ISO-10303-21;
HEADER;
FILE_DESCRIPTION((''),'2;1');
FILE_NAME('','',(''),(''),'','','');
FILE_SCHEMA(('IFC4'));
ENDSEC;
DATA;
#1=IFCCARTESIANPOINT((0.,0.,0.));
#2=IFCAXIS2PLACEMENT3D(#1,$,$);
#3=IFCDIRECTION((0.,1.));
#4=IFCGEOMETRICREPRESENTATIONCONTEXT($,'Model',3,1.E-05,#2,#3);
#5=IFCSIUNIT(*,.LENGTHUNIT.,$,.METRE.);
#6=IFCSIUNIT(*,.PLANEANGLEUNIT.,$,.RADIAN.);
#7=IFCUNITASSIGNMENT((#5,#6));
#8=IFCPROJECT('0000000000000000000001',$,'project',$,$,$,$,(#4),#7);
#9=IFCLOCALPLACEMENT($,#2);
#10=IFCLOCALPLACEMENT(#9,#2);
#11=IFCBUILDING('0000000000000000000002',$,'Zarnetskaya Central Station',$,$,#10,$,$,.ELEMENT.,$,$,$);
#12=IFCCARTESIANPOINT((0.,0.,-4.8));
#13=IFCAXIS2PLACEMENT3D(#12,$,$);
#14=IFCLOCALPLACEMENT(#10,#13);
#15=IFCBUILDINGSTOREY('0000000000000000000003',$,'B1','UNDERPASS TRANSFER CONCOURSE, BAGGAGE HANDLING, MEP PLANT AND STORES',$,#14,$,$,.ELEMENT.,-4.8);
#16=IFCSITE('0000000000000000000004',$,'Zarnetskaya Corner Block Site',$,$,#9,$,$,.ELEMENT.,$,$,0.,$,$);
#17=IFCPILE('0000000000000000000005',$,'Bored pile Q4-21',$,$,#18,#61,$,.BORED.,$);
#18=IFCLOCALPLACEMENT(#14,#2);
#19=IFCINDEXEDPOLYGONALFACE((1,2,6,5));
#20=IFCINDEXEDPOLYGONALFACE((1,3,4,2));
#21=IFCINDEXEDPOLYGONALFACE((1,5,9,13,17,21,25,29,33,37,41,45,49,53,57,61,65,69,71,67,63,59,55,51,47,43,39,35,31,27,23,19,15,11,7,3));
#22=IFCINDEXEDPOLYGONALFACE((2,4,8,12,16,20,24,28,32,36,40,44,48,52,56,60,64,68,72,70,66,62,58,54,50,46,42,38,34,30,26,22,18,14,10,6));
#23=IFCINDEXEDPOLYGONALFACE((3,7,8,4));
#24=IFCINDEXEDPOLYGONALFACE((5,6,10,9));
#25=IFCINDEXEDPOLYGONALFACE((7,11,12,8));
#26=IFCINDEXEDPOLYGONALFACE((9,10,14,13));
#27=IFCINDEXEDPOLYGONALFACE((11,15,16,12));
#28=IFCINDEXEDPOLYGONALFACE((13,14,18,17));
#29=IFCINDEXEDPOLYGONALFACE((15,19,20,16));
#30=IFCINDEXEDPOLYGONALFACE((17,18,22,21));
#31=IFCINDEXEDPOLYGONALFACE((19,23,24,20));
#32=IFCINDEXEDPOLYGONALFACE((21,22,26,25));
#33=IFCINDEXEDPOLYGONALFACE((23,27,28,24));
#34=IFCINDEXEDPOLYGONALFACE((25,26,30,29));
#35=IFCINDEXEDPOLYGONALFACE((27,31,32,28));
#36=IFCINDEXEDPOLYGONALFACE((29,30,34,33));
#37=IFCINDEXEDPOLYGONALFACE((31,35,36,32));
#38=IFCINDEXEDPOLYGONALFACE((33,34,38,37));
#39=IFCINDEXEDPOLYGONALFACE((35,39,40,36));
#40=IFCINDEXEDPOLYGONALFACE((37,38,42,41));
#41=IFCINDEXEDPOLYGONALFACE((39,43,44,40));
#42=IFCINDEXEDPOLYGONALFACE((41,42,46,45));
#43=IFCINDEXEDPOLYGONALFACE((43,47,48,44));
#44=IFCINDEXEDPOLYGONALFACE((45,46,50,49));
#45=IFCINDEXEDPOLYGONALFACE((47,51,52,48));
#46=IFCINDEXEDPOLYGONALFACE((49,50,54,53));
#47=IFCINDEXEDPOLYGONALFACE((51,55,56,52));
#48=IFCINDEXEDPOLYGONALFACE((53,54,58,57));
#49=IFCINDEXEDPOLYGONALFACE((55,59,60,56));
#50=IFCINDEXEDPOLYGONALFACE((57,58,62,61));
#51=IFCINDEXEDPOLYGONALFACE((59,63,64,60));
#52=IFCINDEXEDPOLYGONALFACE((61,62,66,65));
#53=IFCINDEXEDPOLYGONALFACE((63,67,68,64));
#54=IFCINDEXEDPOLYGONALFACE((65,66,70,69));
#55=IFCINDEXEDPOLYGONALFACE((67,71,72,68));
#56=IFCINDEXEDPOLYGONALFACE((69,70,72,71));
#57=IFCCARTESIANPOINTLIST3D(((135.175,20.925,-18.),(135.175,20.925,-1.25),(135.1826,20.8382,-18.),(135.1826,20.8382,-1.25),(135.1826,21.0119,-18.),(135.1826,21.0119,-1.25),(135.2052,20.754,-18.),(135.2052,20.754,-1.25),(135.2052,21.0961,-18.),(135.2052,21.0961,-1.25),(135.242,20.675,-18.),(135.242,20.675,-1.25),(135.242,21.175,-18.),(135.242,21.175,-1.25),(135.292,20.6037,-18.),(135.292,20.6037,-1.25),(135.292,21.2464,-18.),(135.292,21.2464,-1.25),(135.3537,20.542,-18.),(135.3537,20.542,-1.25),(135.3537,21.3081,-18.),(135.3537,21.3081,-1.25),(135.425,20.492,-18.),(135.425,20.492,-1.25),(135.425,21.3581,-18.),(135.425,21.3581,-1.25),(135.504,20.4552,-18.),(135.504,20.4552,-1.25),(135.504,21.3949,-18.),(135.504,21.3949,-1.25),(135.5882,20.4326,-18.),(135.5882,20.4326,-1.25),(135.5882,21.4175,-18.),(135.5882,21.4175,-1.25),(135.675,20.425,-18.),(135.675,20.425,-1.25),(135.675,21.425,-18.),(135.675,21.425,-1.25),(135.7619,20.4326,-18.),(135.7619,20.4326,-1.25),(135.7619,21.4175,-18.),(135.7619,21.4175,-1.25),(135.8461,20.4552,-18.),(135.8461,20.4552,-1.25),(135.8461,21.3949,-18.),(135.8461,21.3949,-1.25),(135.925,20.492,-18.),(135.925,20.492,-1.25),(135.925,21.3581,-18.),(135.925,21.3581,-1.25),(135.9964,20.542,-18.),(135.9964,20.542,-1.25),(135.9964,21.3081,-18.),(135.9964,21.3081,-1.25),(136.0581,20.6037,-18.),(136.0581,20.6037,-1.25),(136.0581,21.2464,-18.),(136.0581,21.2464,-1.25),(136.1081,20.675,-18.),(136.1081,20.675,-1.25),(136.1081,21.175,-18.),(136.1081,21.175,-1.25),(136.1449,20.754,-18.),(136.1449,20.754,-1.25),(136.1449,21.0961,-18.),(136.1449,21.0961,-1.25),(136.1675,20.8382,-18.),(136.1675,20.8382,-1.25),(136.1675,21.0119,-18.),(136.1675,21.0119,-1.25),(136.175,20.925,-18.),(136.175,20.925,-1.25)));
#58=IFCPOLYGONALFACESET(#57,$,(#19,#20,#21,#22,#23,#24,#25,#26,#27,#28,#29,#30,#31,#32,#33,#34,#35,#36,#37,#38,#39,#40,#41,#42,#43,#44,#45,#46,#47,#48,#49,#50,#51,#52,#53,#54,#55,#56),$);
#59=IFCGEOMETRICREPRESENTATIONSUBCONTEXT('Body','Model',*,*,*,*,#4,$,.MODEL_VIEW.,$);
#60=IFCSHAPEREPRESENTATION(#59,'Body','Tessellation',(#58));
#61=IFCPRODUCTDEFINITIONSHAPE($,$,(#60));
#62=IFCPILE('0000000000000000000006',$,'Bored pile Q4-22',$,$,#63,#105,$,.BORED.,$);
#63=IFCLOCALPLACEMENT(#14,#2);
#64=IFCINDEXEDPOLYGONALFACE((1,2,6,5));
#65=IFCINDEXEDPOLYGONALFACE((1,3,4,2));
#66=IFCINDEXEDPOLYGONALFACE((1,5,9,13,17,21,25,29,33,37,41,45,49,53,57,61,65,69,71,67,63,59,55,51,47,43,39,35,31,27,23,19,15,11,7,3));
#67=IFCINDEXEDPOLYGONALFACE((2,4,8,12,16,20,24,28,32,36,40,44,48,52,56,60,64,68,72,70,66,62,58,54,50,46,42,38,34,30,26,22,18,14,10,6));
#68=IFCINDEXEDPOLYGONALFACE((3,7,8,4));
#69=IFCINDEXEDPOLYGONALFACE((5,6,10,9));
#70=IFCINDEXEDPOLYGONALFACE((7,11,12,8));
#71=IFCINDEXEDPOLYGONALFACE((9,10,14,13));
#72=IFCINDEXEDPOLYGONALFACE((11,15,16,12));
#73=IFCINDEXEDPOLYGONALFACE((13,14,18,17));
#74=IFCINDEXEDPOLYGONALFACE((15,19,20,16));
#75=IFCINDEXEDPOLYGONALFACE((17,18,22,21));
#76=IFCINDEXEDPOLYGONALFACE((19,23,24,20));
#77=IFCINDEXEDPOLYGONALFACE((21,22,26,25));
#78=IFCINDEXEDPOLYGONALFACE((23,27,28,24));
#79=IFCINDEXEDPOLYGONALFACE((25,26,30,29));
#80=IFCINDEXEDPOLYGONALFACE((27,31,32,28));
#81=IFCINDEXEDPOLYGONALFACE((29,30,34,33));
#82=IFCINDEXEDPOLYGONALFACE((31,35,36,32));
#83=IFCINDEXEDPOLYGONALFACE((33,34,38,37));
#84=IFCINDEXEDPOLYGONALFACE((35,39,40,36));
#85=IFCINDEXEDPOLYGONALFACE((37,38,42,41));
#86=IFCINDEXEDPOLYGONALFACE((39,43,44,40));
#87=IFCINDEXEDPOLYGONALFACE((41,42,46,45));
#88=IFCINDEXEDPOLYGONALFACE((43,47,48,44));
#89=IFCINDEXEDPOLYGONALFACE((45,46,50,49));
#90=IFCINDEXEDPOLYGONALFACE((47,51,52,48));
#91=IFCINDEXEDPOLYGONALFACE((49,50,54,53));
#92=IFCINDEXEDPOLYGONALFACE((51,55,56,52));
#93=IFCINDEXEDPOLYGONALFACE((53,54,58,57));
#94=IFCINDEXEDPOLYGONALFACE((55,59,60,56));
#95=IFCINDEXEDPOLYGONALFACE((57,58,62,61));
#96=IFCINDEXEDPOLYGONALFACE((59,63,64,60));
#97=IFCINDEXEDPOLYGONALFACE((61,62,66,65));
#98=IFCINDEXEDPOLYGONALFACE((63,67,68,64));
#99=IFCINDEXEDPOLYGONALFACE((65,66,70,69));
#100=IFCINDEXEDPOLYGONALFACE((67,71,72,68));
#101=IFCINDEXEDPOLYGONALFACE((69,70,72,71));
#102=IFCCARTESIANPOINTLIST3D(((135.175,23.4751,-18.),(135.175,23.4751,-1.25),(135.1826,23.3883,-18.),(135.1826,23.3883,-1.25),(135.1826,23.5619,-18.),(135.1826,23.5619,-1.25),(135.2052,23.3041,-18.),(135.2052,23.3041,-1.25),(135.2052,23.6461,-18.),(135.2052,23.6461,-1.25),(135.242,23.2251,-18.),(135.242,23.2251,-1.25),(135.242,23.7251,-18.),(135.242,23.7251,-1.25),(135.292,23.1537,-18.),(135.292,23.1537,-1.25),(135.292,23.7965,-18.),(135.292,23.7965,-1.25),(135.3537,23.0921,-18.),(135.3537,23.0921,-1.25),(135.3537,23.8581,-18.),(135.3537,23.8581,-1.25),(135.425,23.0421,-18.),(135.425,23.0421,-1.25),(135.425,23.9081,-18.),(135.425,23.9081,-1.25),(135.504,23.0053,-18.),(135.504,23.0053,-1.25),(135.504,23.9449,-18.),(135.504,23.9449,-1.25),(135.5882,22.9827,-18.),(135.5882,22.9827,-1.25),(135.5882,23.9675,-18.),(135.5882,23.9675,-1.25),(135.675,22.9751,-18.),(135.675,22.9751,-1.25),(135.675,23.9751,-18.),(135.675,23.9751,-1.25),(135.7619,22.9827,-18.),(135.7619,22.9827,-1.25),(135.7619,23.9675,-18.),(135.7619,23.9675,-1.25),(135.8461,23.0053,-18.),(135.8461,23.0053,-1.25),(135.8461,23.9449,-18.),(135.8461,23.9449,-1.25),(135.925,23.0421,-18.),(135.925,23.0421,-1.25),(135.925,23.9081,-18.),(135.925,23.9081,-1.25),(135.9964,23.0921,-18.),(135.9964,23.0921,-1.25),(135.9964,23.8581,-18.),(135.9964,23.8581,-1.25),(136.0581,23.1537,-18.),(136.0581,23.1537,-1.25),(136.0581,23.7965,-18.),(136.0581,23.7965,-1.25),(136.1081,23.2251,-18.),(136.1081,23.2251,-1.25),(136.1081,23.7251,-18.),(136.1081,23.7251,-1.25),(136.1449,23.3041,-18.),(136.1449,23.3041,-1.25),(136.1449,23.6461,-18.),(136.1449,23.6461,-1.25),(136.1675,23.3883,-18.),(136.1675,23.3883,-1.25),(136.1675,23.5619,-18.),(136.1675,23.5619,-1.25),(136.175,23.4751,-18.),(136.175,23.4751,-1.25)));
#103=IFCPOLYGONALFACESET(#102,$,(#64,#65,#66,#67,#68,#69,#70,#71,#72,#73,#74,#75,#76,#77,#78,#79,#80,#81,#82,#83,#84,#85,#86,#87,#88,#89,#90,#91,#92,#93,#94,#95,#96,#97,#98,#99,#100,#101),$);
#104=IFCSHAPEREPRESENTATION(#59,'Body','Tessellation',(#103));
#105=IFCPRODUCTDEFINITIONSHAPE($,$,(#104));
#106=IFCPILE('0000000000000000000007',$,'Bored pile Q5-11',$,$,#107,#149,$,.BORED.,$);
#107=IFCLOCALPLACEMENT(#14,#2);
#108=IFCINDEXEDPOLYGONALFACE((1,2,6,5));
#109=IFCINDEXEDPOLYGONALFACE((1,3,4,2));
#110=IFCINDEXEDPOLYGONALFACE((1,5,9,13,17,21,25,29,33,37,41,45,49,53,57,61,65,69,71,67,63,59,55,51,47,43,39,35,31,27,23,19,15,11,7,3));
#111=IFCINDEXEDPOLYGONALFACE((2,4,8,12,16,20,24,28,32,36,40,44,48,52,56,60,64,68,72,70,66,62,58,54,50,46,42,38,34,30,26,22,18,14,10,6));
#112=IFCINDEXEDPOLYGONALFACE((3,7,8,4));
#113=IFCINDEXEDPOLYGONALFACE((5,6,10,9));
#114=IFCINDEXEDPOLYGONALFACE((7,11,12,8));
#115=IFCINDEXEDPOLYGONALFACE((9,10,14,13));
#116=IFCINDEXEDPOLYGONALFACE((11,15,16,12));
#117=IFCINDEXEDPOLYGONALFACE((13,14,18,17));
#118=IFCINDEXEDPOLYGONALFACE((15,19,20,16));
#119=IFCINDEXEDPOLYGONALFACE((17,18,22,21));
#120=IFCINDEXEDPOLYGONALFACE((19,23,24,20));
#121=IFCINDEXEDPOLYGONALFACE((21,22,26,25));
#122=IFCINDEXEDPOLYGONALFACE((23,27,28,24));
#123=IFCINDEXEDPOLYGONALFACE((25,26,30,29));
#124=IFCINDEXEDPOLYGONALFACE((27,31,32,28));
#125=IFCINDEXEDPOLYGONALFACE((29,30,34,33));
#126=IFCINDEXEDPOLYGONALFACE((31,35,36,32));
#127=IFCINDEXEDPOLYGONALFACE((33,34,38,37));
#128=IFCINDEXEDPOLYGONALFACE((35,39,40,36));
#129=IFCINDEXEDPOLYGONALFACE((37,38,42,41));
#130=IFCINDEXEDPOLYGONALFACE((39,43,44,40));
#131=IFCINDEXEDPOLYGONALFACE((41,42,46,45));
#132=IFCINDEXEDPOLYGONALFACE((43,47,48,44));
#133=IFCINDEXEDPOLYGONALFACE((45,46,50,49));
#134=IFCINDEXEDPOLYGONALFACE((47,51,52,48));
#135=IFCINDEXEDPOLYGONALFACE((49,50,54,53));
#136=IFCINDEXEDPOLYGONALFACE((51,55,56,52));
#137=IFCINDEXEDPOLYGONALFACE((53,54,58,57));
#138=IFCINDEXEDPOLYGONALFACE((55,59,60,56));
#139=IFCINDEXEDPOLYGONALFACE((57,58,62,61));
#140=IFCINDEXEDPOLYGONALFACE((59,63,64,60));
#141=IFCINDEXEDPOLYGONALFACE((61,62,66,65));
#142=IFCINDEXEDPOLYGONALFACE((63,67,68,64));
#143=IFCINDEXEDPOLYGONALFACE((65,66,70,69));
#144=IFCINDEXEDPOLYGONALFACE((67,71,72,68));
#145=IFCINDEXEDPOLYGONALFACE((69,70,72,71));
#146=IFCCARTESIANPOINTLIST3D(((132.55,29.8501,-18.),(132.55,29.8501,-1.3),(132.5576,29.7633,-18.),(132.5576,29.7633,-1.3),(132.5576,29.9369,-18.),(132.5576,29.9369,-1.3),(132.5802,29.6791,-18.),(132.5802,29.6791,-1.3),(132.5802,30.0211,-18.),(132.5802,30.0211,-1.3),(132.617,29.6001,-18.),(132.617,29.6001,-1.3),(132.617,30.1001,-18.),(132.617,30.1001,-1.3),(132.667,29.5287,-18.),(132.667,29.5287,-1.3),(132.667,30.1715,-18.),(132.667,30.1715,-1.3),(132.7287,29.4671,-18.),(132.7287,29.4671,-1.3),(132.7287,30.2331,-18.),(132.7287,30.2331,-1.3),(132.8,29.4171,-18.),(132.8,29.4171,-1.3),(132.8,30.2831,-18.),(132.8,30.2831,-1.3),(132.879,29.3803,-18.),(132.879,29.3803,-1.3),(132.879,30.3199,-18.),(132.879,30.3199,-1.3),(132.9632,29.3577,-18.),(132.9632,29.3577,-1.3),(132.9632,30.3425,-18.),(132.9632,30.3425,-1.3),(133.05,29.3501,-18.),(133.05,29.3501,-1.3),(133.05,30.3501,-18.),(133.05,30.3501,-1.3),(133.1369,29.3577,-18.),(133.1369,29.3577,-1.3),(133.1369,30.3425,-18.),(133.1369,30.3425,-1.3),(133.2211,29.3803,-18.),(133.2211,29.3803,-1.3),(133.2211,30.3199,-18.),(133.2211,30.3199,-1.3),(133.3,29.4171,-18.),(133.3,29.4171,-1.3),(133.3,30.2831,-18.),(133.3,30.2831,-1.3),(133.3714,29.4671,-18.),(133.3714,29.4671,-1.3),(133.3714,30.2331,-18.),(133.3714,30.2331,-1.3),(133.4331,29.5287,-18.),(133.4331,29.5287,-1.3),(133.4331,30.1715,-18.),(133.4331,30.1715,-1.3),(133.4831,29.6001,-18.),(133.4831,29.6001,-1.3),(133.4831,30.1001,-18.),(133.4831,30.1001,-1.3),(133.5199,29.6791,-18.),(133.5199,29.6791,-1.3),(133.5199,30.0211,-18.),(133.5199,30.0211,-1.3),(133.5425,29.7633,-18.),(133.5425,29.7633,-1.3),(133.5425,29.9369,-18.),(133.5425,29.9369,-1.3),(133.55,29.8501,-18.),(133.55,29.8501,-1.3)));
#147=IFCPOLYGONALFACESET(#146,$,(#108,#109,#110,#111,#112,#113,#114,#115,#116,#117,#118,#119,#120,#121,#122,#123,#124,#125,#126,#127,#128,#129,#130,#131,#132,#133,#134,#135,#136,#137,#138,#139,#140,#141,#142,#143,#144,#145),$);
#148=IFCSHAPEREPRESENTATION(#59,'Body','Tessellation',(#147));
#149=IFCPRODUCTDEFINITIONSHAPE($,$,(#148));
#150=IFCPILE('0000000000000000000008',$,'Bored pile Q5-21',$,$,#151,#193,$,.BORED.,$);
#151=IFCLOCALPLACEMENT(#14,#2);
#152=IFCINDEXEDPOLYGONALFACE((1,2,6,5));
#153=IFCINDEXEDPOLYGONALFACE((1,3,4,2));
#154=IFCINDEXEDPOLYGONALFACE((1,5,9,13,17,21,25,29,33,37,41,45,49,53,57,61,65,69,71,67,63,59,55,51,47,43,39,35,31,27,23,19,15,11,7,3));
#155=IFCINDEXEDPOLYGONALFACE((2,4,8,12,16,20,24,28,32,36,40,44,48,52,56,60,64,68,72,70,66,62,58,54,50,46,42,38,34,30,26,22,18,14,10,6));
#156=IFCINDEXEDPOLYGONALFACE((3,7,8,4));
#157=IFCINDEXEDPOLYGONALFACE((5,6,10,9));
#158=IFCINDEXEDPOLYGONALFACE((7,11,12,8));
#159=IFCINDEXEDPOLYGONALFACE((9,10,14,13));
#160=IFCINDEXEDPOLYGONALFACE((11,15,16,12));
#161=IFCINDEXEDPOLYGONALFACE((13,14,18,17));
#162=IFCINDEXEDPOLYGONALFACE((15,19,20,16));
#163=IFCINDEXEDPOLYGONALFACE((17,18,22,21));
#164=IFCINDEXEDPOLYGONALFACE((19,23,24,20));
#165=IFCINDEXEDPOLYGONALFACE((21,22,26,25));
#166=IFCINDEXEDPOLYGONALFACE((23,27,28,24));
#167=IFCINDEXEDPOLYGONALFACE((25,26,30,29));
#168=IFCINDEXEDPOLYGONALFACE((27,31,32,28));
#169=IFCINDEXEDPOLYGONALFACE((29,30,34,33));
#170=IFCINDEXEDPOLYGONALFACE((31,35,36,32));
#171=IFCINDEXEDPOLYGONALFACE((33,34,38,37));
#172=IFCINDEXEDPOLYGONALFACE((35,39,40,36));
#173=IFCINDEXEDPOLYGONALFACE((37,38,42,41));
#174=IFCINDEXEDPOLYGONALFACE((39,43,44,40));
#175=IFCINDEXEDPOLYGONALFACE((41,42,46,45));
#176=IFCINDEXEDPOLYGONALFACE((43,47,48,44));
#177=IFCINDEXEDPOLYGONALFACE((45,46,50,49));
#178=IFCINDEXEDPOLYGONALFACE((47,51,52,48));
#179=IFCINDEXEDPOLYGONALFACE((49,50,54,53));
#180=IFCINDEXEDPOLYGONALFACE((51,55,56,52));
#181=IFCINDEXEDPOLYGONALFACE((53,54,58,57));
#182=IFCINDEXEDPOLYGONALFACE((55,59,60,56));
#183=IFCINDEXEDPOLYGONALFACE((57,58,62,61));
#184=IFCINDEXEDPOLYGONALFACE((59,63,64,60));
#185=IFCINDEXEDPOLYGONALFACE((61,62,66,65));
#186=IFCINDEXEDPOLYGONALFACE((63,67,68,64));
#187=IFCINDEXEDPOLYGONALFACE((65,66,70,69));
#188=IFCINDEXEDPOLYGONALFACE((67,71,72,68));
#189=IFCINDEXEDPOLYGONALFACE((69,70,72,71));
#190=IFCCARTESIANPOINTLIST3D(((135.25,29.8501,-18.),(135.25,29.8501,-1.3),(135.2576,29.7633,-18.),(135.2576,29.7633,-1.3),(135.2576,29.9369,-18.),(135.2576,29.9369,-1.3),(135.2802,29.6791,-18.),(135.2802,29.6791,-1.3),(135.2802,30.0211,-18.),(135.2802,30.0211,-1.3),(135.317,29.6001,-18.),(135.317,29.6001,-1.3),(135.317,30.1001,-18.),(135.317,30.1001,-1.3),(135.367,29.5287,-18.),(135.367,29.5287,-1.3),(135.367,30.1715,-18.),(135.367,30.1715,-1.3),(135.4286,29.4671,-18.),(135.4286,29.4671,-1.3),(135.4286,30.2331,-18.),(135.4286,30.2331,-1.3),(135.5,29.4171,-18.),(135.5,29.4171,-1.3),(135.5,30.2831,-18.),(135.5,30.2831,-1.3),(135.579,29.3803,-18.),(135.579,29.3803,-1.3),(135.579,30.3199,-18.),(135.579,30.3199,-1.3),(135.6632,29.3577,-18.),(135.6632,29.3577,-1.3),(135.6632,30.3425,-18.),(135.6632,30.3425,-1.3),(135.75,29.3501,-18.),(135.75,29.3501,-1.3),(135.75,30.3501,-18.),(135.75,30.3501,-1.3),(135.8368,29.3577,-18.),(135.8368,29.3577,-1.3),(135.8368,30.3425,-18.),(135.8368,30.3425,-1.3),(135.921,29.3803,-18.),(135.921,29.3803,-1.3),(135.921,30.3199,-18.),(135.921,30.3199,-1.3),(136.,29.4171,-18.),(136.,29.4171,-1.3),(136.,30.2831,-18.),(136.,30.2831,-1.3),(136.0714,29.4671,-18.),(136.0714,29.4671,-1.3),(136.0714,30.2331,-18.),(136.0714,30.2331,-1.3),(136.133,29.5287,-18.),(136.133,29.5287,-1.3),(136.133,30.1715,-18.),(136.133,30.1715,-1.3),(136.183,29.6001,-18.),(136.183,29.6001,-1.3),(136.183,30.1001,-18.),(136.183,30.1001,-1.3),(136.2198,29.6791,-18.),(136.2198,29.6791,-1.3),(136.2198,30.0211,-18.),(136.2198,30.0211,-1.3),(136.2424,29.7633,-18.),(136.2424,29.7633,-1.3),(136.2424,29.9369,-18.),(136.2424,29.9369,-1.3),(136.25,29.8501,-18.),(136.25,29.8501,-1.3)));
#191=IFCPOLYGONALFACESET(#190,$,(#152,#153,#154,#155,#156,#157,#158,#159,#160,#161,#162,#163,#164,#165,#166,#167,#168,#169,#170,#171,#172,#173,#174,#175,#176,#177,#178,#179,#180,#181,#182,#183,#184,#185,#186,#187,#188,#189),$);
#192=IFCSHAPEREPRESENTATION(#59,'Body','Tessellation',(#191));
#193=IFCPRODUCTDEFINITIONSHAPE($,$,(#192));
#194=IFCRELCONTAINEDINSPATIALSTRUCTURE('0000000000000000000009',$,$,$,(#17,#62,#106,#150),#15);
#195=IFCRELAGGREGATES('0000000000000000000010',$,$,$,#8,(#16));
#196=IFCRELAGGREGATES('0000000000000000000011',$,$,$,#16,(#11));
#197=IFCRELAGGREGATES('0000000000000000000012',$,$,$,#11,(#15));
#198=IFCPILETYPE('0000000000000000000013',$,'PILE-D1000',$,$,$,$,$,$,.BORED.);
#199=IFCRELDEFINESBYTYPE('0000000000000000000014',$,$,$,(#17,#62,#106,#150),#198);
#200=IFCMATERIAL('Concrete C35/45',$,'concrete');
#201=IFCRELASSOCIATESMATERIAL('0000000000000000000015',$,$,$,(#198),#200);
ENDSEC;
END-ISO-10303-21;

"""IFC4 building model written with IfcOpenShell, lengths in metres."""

from ifc_helpers import new_model, si_unit, direction, frame, origin, origin_2d, place, context, subcontext, project, spatial, circle, extrude, material, material_profile, profile_set, type_object, element, save


model = new_model("IFC4")

# Units and contexts
model_context = context("Model", 3, precision=1e-05, world=origin(), true_north=direction((0.0, 1.0)))
body_context = subcontext(model_context, "Body", "Model", "MODEL_VIEW")
ifc_project = project(units=[si_unit("LENGTHUNIT", "METRE"), si_unit("PLANEANGLEUNIT", "RADIAN")], contexts=[model_context])

# Site, building, storey
site_placement = place(None, origin())
site = spatial("IfcSite", under=ifc_project, at=site_placement, Name="Zarnetskaya Corner Block Site", CompositionType="ELEMENT", RefElevation=0.0)
building_placement = place(site_placement, origin())
building = spatial("IfcBuilding", under=site, at=building_placement, Name="Zarnetskaya Central Station", CompositionType="ELEMENT")
storey_placement = place(building_placement, frame((0.0, 0.0, -4.8)))
storey = spatial("IfcBuildingStorey", under=building, at=storey_placement, Name="B1", Description="UNDERPASS TRANSFER CONCOURSE, BAGGAGE HANDLING, MEP PLANT AND STORES", CompositionType="ELEMENT", Elevation=-4.8)

# Shared definitions
ifc_material_1 = material(Name="Concrete C35/45", Category="concrete")

# Piles
ifc_material_profile_1 = material_profile(ifc_material_1, circle(Radius=0.5, at=origin_2d()), Name="BORED PILE D1000")
ifc_profile_set_1 = profile_set([ifc_material_profile_1], Name="Concrete C35/45")
pile_type = type_object("IfcPileType", Name="PILE-D1000", PredefinedType="BORED", material=ifc_profile_set_1)
for number, where, z_axis, x_axis, name in (
    (1, (135.675, 20.925, -1.25), (0.0, 0.0, -1.0), (1.0, 0.0, 0.0), "Bored pile Q4-21"),
    (2, (135.675, 23.4751, -1.25), (0.0, 0.0, -1.0), (1.0, 0.0, 0.0), "Bored pile Q4-22"),
):
    element("IfcPile", number, at=place(storey_placement, frame(where, z_axis=z_axis, x_axis=x_axis)), inside=storey, type_object=pile_type, Name=name, PredefinedType="BORED", context=body_context, shape_type="SweptSolid", body=[
        extrude(circle(Radius=0.5, at=origin_2d()), origin(), (0.0, 0.0, 1.0), 16.75),
    ])
for number, where, z_axis, x_axis, name in (
    (3, (133.05, 29.8501, -1.3), (0.0, 0.0, -1.0), (1.0, 0.0, 0.0), "Bored pile Q5-11"),
    (4, (135.75, 29.8501, -1.3), (0.0, 0.0, -1.0), (1.0, 0.0, 0.0), "Bored pile Q5-21"),
):
    element("IfcPile", number, at=place(storey_placement, frame(where, z_axis=z_axis, x_axis=x_axis)), inside=storey, type_object=pile_type, Name=name, PredefinedType="BORED", context=body_context, shape_type="SweptSolid", body=[
        extrude(circle(Radius=0.5, at=origin_2d()), origin(), (0.0, 0.0, 1.0), 16.7),
    ])

save(model, "model.ifc")
